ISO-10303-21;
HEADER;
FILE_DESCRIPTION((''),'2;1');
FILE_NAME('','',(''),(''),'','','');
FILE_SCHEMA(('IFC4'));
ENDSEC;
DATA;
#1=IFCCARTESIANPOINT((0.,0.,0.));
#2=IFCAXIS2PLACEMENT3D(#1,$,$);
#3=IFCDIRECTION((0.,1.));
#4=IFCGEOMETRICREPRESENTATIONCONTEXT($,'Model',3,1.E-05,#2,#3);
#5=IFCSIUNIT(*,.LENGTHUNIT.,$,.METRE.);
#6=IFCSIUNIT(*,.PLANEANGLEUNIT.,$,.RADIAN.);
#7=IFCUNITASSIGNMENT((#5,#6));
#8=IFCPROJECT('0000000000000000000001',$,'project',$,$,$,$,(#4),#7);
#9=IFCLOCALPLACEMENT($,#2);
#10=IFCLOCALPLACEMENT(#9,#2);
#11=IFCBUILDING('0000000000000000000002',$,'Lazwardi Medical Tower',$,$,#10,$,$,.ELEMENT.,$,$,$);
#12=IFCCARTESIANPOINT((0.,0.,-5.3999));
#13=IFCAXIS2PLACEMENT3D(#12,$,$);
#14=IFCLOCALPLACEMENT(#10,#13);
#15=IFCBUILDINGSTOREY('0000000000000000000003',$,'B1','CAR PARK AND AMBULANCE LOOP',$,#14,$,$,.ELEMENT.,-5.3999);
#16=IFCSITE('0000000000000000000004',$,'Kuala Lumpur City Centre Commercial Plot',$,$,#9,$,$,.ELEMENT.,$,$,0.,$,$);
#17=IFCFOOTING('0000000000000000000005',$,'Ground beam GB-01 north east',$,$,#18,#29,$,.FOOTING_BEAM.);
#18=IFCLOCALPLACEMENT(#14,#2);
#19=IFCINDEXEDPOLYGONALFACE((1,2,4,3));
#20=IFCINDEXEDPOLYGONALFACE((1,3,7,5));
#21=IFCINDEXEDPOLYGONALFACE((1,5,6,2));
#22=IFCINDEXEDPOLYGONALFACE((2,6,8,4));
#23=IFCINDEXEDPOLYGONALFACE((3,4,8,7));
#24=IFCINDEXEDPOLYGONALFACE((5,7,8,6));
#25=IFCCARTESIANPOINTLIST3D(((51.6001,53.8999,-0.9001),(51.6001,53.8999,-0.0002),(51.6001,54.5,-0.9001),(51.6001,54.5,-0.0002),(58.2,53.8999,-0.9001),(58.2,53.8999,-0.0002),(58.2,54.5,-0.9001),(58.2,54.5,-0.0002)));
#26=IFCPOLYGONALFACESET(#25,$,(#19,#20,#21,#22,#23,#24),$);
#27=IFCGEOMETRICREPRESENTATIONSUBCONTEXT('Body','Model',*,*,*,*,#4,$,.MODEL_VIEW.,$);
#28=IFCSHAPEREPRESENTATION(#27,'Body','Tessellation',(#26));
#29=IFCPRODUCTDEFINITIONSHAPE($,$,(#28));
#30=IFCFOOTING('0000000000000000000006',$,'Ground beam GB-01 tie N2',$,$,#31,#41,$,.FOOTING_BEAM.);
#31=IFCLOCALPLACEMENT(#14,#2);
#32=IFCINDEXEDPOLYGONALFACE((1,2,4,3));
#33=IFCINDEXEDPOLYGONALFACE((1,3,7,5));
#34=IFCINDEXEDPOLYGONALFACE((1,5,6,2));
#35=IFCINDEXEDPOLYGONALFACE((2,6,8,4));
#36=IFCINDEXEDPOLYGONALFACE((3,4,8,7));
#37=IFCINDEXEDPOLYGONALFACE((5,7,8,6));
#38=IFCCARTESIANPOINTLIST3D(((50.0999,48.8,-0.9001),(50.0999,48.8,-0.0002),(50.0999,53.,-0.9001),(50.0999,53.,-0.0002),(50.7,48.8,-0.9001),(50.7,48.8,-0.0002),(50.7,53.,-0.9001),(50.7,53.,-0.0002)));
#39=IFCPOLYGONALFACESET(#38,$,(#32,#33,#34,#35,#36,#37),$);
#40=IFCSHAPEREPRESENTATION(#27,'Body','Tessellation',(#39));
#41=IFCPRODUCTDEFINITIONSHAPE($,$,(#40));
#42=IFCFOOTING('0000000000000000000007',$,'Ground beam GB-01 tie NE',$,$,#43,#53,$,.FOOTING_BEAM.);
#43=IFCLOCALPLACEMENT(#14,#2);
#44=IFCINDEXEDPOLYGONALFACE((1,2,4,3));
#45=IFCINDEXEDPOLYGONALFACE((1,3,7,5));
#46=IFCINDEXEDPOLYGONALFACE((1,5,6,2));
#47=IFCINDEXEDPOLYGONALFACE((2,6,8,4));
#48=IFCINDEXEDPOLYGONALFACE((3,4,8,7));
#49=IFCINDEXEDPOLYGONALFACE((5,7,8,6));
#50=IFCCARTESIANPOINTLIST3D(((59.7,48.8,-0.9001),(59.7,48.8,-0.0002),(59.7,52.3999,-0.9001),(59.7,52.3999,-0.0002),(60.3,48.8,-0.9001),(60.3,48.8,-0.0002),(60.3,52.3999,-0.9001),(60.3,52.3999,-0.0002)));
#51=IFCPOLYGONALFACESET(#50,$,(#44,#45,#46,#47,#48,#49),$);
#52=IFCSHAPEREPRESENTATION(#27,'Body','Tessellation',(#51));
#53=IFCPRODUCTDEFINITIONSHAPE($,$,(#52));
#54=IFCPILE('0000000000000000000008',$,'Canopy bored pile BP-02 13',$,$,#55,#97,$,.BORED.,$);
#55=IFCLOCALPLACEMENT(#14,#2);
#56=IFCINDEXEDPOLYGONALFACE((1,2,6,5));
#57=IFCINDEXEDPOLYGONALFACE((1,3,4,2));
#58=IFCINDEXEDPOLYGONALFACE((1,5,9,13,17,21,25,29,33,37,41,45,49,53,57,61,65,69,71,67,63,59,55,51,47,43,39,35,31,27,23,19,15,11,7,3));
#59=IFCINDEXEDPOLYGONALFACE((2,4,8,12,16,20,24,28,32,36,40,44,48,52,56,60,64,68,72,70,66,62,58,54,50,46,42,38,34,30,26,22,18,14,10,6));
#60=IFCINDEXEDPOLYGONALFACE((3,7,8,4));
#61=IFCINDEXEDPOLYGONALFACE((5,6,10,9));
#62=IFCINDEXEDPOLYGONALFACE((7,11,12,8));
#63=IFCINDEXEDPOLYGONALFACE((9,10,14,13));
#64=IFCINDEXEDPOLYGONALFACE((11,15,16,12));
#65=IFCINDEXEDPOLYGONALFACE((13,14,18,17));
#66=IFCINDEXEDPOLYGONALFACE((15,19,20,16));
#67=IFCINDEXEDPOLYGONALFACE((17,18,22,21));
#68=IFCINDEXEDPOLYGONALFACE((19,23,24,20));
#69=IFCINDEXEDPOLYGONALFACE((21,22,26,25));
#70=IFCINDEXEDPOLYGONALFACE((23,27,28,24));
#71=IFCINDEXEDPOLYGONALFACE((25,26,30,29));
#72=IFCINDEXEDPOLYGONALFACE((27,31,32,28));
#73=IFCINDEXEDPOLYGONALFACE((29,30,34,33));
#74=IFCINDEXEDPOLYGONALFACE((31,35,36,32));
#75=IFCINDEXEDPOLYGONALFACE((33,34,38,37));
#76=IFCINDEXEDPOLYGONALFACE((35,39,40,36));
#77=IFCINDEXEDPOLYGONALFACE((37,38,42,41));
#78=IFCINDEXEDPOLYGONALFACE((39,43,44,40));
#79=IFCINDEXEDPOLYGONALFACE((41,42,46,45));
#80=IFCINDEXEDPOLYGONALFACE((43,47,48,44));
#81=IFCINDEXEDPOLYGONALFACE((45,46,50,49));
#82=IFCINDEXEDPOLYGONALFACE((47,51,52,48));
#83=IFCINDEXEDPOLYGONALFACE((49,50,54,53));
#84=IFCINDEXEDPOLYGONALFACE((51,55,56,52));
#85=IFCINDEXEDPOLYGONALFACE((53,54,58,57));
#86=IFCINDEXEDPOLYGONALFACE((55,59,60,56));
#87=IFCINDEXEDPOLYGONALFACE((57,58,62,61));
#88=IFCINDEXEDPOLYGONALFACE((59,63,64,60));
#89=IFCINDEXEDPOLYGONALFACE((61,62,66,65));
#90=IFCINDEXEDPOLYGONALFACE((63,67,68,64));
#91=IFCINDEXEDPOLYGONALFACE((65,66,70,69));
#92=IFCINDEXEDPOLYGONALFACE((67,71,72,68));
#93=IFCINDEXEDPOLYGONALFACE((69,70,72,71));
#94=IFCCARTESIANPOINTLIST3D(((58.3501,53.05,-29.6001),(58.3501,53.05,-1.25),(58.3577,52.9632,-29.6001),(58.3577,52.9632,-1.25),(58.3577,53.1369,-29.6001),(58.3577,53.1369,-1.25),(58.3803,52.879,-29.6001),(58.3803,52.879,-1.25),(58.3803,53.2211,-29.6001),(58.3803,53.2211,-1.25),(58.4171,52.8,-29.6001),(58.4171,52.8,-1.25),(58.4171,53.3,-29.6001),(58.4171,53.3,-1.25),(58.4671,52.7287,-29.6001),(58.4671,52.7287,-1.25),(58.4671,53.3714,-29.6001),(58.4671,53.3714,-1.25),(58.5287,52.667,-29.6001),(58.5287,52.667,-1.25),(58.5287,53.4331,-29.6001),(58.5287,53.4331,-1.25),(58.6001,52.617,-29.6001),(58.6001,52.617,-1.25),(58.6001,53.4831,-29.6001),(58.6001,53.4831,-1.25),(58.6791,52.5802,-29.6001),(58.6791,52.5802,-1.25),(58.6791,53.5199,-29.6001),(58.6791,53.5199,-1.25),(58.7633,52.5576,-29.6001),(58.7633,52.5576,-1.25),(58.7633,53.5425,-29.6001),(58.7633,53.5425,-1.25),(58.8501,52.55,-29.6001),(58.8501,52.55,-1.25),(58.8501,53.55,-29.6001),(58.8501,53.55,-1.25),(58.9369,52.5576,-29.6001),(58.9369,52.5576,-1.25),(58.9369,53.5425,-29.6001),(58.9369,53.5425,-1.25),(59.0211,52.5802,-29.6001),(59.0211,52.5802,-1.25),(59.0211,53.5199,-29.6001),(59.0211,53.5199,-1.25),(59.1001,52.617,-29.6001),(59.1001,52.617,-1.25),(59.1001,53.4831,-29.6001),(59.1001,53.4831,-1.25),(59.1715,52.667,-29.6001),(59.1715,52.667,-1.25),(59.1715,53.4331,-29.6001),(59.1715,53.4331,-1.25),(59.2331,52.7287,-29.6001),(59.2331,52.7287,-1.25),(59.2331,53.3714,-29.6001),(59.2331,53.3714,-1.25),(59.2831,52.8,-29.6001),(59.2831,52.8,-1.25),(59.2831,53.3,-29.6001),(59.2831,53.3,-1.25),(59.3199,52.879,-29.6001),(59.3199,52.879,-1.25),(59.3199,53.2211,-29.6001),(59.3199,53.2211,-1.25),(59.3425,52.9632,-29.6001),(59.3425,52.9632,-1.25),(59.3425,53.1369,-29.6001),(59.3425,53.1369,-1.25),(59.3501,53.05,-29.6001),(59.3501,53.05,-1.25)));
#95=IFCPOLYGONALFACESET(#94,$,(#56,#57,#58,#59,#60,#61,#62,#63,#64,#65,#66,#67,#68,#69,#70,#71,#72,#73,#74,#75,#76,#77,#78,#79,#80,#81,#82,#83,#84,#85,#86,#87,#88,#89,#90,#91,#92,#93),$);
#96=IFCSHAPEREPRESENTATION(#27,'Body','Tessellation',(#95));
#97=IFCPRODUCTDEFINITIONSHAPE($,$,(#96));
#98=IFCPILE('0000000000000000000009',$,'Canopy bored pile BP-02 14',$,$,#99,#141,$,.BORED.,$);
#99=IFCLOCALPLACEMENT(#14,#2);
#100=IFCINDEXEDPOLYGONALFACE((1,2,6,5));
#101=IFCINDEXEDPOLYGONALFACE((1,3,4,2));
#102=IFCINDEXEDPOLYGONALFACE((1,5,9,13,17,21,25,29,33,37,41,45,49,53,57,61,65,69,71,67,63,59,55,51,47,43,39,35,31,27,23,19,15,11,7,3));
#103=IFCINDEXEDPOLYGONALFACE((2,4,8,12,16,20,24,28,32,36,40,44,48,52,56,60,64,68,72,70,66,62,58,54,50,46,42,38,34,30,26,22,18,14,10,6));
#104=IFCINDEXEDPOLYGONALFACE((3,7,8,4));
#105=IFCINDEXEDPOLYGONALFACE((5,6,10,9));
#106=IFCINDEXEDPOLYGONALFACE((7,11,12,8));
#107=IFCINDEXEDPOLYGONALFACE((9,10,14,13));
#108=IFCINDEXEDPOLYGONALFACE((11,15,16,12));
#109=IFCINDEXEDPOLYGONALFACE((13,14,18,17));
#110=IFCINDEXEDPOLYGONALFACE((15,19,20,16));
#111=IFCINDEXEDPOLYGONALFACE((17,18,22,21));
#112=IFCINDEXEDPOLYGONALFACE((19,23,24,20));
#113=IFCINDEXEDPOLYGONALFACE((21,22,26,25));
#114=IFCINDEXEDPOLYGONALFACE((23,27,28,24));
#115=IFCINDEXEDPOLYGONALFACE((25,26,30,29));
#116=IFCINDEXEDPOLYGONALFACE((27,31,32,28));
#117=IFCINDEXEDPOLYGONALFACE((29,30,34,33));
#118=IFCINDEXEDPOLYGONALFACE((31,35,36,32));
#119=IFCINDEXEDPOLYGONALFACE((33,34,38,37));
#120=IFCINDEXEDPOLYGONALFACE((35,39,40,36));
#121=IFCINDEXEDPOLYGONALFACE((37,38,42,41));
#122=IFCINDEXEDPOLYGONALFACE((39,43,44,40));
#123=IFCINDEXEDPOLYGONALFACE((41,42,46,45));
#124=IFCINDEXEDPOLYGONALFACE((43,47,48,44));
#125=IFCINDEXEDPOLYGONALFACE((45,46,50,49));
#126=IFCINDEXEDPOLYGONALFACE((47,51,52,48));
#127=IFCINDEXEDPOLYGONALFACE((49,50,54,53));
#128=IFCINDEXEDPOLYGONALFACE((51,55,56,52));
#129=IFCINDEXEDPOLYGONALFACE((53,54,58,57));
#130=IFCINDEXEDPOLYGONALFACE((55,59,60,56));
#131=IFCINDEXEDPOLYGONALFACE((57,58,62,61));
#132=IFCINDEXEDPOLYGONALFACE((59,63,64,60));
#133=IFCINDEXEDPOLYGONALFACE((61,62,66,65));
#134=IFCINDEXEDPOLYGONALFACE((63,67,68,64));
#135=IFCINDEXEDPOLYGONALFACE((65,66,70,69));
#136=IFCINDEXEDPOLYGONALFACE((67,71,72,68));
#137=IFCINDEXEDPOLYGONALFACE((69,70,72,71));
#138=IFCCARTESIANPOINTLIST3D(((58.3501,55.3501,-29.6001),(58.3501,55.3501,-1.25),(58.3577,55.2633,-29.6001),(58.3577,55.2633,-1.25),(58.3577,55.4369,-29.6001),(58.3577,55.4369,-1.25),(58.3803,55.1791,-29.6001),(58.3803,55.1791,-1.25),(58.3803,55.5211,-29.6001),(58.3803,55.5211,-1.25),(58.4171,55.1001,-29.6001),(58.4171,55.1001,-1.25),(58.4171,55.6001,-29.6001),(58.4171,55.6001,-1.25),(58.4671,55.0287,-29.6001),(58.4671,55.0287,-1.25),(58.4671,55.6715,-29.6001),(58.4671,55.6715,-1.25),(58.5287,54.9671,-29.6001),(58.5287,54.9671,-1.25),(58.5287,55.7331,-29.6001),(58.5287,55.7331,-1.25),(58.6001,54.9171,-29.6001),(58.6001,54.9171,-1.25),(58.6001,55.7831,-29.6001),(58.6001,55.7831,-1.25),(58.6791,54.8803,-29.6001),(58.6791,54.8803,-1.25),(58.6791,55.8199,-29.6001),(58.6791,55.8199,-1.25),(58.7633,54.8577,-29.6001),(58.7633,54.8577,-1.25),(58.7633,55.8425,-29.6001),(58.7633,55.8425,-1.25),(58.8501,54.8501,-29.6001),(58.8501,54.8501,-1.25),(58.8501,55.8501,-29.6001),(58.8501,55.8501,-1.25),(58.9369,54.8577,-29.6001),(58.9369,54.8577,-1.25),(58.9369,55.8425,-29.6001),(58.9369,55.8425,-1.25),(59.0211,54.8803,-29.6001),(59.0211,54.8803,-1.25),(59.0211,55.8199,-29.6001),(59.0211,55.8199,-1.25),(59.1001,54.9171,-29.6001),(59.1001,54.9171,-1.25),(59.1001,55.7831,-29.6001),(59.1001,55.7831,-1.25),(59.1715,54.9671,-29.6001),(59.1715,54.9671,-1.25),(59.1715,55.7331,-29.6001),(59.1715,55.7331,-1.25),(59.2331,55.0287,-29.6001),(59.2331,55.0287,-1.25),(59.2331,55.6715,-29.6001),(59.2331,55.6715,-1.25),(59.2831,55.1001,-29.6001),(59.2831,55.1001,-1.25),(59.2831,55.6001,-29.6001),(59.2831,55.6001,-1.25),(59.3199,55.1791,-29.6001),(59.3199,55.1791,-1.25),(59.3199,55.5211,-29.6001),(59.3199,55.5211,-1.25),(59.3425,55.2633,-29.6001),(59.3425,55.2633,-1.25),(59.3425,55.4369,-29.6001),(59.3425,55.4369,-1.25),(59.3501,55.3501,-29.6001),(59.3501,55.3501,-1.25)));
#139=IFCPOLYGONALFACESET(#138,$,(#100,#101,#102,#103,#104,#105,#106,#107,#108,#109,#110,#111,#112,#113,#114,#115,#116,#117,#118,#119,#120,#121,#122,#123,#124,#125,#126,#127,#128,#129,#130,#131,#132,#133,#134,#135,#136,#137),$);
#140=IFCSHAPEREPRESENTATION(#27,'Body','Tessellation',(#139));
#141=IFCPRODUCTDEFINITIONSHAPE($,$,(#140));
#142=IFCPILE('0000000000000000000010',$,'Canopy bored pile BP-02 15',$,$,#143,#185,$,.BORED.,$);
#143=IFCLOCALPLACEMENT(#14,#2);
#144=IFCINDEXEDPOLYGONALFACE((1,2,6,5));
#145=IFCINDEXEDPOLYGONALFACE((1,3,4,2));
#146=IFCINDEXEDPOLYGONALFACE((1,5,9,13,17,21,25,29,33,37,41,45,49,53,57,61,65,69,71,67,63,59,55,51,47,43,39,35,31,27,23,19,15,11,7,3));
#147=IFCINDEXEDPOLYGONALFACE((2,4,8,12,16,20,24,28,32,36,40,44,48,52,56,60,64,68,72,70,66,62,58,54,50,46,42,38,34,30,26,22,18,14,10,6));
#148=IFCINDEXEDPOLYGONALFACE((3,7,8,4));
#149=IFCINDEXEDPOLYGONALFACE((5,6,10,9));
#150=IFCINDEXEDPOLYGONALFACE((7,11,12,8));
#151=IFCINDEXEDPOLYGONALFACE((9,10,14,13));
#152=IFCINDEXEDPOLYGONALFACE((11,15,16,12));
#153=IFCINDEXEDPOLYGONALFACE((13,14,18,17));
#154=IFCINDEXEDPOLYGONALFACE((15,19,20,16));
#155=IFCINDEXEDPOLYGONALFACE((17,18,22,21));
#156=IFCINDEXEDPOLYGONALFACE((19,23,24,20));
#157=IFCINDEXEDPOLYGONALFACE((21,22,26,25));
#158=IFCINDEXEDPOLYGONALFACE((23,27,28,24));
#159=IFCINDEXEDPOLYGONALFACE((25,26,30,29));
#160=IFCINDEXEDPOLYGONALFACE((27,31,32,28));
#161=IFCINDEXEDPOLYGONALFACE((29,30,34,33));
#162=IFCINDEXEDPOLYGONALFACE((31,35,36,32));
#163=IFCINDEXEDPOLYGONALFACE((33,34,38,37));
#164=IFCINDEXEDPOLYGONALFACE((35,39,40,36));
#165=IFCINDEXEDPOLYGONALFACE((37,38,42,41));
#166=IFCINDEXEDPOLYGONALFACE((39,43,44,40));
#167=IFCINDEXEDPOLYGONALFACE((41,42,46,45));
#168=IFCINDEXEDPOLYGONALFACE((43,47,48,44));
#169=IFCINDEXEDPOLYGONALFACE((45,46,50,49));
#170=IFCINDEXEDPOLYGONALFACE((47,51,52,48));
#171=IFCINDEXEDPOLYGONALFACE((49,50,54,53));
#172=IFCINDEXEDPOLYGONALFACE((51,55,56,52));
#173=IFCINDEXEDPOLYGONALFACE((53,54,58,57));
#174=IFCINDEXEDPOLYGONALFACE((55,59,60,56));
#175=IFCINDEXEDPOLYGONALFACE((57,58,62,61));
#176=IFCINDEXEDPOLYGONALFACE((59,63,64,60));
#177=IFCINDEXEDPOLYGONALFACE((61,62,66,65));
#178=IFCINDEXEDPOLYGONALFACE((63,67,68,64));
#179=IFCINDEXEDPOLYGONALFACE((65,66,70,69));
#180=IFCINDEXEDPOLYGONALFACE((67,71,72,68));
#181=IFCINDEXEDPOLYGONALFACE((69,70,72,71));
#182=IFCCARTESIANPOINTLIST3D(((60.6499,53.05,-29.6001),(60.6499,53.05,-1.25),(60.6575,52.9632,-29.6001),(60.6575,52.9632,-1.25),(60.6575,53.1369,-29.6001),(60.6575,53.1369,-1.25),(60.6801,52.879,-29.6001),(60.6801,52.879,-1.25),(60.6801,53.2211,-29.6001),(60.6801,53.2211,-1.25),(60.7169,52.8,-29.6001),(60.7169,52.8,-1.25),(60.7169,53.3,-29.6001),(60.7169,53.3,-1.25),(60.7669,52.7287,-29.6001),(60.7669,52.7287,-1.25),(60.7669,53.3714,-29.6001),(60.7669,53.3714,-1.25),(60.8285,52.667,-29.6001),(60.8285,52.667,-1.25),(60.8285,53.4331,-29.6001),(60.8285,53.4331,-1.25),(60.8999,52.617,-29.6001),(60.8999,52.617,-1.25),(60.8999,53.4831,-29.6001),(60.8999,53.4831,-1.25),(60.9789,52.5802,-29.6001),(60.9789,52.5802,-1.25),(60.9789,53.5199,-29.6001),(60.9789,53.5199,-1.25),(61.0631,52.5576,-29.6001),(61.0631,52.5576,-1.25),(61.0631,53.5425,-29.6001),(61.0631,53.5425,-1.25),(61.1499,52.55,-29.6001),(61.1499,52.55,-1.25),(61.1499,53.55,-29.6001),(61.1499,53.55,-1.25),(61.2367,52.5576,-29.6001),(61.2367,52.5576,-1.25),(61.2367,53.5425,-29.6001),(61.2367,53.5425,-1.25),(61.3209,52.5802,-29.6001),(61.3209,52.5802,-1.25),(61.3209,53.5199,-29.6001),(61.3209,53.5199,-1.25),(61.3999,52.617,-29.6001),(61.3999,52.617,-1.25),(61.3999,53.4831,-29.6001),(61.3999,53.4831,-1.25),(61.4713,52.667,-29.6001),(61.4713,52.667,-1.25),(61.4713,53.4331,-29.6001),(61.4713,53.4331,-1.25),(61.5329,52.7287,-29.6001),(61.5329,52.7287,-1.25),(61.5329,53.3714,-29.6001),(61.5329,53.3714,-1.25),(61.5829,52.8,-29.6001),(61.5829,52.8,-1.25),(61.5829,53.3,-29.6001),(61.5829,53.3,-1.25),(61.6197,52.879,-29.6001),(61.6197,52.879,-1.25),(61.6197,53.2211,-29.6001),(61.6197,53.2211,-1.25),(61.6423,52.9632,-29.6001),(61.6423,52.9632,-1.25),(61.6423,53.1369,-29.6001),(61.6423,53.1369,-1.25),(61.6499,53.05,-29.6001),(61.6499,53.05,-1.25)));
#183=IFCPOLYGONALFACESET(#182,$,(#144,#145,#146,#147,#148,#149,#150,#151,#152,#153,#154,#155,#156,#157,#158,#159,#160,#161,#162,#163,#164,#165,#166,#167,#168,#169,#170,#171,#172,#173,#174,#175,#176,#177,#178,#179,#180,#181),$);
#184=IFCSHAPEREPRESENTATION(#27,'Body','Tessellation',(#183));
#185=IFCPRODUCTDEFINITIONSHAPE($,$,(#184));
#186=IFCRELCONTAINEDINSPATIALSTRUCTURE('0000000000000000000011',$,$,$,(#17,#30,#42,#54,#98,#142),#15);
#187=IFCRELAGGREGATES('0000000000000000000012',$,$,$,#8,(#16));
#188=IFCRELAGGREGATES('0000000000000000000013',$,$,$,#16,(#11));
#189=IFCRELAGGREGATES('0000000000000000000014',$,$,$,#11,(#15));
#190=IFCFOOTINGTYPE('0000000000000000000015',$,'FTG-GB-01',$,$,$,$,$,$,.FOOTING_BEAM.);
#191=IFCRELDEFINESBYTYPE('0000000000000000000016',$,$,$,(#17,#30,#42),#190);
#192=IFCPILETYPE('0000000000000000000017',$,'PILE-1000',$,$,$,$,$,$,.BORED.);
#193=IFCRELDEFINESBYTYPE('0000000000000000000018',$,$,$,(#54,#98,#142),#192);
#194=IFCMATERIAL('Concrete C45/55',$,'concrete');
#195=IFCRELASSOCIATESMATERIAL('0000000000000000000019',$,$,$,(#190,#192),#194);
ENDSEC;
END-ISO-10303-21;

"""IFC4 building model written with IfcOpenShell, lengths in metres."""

from ifc_helpers import new_model, si_unit, direction, frame, origin, origin_2d, place, context, subcontext, project, spatial, rectangle, circle, extrude, material, material_profile, profile_set, type_object, element, save


model = new_model("IFC4")

# Units and contexts
model_context = context("Model", 3, precision=1e-05, world=origin(), true_north=direction((0.0, 1.0)))
body_context = subcontext(model_context, "Body", "Model", "MODEL_VIEW")
ifc_project = project(units=[si_unit("LENGTHUNIT", "METRE"), si_unit("PLANEANGLEUNIT", "RADIAN")], contexts=[model_context])

# Site, building, storey
site_placement = place(None, origin())
site = spatial("IfcSite", under=ifc_project, at=site_placement, Name="Kuala Lumpur City Centre Commercial Plot", CompositionType="ELEMENT", RefElevation=0.0)
building_placement = place(site_placement, origin())
building = spatial("IfcBuilding", under=site, at=building_placement, Name="Lazwardi Medical Tower", CompositionType="ELEMENT")
storey_placement = place(building_placement, frame((0.0, 0.0, -5.3999)))
storey = spatial("IfcBuildingStorey", under=building, at=storey_placement, Name="B1", Description="CAR PARK AND AMBULANCE LOOP", CompositionType="ELEMENT", Elevation=-5.3999)

# Footings
ifc_material_1 = material(Name="Concrete C45/55", Category="concrete")
ifc_material_profile_1 = material_profile(ifc_material_1, rectangle(XDim=0.6001, YDim=0.8999, at=origin_2d()), Name="RC-GB 600x900")
ifc_profile_set_1 = profile_set([ifc_material_profile_1], Name="Concrete C45/55")
footing_type = type_object("IfcFootingType", Name="FTG-GB-01", PredefinedType="FOOTING_BEAM", material=ifc_profile_set_1)
footing_1_placement = place(storey_placement, frame((51.6001, 54.2, -0.4502), z_axis=(1.0, 0.0, 0.0), x_axis=(0.0, 1.0, 0.0)))
element("IfcFooting", 1, at=footing_1_placement, inside=storey, type_object=footing_type, Name="Ground beam GB-01 north east", PredefinedType="FOOTING_BEAM", context=body_context, shape_type="SweptSolid", body=[
    extrude(rectangle(XDim=0.6001, YDim=0.8999, at=origin_2d()), origin(), (0.0, 0.0, 1.0), 6.5999),
])
footing_2_placement = place(storey_placement, frame((50.3999, 53.0, -0.4502), z_axis=(0.0, -1.0, 0.0), x_axis=(1.0, 0.0, 0.0)))
element("IfcFooting", 2, at=footing_2_placement, inside=storey, type_object=footing_type, Name="Ground beam GB-01 tie N2", PredefinedType="FOOTING_BEAM", context=body_context, shape_type="SweptSolid", body=[
    extrude(rectangle(XDim=0.6001, YDim=0.8999, at=origin_2d()), origin(), (0.0, 0.0, 1.0), 4.2),
])
footing_3_placement = place(storey_placement, frame((60.0, 52.3999, -0.4502), z_axis=(0.0, -1.0, 0.0), x_axis=(1.0, 0.0, 0.0)))
element("IfcFooting", 3, at=footing_3_placement, inside=storey, type_object=footing_type, Name="Ground beam GB-01 tie NE", PredefinedType="FOOTING_BEAM", context=body_context, shape_type="SweptSolid", body=[
    extrude(rectangle(XDim=0.6001, YDim=0.8999, at=origin_2d()), origin(), (0.0, 0.0, 1.0), 3.5999),
])

# Piles
ifc_material_profile_2 = material_profile(ifc_material_1, circle(Radius=0.5, at=origin_2d()), Name="BORED PILE D1000")
ifc_profile_set_2 = profile_set([ifc_material_profile_2], Name="Concrete C45/55")
pile_type_1 = type_object("IfcPileType", Name="PILE-1000", PredefinedType="BORED", material=ifc_profile_set_2)
for number, where, z_axis, x_axis, name in (
    (4, (58.8501, 53.05, -1.25), (0.0, 0.0, -1.0), (1.0, 0.0, 0.0), "Canopy bored pile BP-02 13"),
    (5, (58.8501, 55.3501, -1.25), (0.0, 0.0, -1.0), (1.0, 0.0, 0.0), "Canopy bored pile BP-02 14"),
    (6, (61.1499, 53.05, -1.25), (0.0, 0.0, -1.0), (1.0, 0.0, 0.0), "Canopy bored pile BP-02 15"),
):
    element("IfcPile", number, at=place(storey_placement, frame(where, z_axis=z_axis, x_axis=x_axis)), inside=storey, type_object=pile_type_1, Name=name, PredefinedType="BORED", context=body_context, shape_type="SweptSolid", body=[
        extrude(circle(Radius=0.5, at=origin_2d()), origin(), (0.0, 0.0, 1.0), 28.3501),
    ])

save(model, "model.ifc")
